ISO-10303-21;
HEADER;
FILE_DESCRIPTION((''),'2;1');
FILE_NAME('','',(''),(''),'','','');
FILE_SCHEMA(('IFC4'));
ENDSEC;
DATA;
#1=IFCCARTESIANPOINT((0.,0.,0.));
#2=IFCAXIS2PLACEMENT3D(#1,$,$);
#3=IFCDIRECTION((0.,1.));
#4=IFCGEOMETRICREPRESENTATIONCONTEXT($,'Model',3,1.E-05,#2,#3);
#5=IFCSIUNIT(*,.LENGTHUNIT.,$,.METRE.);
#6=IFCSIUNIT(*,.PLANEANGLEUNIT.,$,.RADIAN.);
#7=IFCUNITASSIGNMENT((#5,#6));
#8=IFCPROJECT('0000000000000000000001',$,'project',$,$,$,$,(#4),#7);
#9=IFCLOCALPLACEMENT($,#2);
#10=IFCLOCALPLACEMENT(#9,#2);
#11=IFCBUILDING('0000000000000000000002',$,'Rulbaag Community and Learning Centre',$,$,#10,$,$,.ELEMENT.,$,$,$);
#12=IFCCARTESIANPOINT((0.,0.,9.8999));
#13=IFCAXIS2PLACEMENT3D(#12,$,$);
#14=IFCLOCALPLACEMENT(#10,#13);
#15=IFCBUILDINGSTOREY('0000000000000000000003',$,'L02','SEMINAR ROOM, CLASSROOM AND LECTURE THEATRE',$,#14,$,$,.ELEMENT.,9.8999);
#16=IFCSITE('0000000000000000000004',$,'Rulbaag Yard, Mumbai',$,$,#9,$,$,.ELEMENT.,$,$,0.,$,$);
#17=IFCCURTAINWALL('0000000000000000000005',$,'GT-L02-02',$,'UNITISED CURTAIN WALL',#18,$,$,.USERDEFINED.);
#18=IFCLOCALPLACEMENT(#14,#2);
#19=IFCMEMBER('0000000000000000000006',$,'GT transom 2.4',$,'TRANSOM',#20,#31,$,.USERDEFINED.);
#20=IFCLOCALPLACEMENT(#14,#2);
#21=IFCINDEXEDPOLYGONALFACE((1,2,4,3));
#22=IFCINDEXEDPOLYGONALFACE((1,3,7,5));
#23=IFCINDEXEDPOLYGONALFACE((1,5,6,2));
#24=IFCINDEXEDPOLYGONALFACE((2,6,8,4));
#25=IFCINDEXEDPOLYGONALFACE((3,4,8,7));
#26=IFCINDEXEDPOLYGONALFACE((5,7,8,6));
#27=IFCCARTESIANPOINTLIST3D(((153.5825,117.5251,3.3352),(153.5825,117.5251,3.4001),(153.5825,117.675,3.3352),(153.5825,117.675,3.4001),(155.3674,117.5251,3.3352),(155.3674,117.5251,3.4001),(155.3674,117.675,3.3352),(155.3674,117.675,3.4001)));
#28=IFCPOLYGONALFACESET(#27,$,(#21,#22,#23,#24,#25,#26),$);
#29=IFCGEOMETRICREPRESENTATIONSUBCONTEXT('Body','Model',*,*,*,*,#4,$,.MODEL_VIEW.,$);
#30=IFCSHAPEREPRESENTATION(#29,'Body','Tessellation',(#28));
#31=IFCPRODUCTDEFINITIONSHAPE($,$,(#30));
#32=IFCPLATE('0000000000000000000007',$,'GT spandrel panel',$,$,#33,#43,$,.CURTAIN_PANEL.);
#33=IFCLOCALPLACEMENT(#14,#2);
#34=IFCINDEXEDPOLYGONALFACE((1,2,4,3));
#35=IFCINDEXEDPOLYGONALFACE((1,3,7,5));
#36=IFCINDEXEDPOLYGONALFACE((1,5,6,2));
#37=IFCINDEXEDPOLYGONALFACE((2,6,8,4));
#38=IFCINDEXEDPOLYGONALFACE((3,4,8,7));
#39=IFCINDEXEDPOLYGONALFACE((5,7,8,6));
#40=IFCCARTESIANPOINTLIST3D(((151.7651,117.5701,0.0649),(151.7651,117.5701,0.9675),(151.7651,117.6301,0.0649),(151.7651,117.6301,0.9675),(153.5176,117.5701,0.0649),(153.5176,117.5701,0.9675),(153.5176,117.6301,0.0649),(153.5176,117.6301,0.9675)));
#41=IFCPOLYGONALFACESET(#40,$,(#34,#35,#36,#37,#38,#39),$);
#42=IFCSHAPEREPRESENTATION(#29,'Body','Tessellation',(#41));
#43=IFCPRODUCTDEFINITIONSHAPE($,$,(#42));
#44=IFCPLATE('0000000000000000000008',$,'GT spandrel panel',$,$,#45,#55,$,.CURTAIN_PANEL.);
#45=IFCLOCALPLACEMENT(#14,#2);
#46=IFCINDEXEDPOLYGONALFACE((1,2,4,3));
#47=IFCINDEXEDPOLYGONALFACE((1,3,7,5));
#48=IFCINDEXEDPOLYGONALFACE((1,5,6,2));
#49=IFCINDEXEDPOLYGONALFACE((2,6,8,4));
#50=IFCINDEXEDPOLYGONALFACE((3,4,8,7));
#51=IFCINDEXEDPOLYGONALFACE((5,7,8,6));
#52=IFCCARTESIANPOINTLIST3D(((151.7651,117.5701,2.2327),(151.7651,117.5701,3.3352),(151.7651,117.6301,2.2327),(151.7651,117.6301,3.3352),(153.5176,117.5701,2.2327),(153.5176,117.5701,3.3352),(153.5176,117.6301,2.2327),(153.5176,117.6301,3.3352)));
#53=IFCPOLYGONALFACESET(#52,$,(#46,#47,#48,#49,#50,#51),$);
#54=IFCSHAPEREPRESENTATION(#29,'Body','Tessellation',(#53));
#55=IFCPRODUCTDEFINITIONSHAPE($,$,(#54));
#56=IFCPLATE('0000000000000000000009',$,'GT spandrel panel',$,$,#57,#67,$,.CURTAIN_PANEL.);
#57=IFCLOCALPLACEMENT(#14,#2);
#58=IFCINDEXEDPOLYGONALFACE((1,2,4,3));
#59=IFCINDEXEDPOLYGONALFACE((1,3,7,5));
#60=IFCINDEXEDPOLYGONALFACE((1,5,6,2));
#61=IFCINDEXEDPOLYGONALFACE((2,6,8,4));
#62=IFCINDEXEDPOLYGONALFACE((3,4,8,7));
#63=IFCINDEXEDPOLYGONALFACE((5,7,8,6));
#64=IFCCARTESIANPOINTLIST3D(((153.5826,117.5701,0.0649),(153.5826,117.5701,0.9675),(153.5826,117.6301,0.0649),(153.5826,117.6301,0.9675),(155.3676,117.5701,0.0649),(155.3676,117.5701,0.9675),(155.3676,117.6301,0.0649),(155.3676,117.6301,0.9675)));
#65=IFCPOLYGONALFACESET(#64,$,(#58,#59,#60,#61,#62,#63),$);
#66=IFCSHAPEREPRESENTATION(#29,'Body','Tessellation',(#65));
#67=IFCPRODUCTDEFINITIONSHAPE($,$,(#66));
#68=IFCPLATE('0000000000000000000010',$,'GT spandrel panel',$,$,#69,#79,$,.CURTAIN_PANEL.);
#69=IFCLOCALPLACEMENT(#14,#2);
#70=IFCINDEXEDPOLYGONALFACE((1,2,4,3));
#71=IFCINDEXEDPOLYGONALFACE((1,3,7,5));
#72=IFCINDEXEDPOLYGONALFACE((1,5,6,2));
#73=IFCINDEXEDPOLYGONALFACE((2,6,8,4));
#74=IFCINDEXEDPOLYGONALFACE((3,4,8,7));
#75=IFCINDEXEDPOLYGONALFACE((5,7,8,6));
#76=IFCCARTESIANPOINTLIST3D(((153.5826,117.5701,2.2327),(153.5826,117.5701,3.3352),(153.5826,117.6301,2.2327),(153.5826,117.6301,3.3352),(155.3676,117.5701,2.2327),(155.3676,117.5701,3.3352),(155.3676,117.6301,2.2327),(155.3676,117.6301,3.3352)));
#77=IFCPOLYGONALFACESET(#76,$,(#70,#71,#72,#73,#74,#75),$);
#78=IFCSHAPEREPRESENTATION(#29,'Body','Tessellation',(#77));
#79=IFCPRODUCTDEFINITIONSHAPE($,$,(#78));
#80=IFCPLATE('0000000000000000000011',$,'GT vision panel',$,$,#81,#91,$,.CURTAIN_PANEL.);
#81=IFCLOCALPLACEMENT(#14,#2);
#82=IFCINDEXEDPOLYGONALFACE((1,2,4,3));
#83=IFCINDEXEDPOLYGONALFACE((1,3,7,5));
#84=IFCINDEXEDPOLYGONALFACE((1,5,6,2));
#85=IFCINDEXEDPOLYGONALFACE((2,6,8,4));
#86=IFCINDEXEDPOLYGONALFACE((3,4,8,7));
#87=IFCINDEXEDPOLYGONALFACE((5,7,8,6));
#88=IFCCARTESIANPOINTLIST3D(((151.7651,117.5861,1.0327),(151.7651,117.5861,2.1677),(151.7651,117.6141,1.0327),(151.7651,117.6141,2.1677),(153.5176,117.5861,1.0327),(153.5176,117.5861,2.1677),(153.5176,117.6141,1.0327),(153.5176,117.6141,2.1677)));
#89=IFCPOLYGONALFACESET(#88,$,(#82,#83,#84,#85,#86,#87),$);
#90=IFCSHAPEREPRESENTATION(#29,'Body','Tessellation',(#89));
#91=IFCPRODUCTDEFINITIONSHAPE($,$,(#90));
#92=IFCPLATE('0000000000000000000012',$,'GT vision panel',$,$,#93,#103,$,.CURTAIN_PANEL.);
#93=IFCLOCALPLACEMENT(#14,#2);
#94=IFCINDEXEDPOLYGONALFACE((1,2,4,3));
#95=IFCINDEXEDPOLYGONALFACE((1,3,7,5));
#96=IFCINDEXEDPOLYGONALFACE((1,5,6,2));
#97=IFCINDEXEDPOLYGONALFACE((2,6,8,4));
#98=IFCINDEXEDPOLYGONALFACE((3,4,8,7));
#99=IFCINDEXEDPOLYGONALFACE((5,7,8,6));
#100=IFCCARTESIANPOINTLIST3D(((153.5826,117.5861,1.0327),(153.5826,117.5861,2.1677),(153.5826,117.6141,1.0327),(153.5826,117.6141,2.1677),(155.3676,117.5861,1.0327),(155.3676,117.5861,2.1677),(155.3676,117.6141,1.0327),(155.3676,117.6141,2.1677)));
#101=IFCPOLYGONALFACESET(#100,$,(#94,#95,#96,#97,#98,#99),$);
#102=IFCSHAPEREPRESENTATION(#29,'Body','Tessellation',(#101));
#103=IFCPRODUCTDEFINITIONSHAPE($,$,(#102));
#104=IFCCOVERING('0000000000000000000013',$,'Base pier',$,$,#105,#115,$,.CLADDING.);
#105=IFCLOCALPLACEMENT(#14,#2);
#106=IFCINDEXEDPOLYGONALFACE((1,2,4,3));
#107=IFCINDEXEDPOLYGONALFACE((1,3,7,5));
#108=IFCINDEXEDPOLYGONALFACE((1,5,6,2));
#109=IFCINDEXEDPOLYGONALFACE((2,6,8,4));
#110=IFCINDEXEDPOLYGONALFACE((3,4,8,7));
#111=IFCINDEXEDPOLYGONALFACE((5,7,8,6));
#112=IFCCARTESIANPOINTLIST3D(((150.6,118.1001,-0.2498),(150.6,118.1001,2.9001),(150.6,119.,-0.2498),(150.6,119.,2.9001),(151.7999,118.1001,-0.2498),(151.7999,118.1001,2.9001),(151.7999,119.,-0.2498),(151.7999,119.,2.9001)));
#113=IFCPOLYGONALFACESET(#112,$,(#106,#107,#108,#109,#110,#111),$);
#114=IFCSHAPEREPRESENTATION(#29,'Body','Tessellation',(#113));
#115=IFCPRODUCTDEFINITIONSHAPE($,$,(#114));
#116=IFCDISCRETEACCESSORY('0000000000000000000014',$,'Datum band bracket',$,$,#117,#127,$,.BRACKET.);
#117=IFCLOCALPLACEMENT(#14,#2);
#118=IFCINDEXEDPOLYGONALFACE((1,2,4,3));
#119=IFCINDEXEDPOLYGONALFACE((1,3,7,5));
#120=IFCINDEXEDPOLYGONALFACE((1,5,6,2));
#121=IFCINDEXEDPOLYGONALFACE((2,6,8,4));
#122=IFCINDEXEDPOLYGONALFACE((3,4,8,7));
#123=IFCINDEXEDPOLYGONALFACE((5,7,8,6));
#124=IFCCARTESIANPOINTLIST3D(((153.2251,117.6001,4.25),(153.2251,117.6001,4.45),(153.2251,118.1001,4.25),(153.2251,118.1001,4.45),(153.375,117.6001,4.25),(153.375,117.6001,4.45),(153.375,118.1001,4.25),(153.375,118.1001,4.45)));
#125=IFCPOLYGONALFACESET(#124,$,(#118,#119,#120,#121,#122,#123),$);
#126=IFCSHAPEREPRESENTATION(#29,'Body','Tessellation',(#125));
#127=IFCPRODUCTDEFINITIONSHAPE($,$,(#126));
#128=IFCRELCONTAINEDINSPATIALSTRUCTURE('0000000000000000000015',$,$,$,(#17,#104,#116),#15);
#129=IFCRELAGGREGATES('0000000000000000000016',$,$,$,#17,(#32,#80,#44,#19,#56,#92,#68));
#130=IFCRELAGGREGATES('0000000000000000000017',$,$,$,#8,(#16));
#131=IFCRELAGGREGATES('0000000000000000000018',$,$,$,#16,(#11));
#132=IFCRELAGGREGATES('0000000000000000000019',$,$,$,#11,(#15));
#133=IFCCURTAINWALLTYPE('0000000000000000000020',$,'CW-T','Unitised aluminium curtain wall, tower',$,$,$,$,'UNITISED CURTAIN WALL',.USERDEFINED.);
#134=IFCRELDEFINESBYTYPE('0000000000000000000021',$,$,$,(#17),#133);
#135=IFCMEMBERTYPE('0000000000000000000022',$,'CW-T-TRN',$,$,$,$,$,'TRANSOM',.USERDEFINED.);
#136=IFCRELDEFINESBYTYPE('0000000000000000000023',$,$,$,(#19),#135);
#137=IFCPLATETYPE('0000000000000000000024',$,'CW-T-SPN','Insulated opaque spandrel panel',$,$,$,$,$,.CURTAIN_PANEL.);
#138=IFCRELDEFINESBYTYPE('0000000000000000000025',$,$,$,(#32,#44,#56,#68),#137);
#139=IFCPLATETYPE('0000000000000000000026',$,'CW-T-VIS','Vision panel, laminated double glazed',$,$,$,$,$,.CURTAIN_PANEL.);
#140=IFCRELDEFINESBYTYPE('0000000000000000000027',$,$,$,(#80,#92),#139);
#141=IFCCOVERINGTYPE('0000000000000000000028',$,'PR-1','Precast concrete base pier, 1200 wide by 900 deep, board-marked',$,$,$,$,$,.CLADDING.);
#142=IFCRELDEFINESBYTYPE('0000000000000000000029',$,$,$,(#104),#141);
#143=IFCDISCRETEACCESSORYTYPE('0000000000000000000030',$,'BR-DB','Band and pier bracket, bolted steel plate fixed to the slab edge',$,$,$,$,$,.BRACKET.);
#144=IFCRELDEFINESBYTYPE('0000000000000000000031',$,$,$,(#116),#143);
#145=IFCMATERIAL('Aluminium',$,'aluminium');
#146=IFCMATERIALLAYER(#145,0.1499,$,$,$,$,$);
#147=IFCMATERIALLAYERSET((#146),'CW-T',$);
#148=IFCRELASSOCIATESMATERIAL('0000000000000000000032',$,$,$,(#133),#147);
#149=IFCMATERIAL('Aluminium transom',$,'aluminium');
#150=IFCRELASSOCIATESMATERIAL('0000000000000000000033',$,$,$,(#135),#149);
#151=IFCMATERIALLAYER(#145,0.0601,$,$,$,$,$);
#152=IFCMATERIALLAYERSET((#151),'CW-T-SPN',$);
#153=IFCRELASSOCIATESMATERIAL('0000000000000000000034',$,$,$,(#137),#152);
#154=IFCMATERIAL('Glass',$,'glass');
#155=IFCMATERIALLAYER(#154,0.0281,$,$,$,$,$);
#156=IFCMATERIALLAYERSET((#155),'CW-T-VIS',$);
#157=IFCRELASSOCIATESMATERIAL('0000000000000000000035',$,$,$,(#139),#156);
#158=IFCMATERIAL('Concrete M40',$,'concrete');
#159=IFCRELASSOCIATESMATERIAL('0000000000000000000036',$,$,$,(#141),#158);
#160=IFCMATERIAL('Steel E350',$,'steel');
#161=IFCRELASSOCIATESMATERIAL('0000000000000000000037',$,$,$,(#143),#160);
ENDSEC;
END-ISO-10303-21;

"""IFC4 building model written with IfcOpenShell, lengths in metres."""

from ifc_helpers import new_model, si_unit, direction, frame, origin, origin_2d, place, context, subcontext, project, spatial, rectangle, extrude, material, layer, layer_set, material_profile, profile_set, type_object, element, aggregate, save


model = new_model("IFC4")

# Units and contexts
model_context = context("Model", 3, precision=1e-05, world=origin(), true_north=direction((0.0, 1.0)))
body_context = subcontext(model_context, "Body", "Model", "MODEL_VIEW")
ifc_project = project(units=[si_unit("LENGTHUNIT", "METRE"), si_unit("PLANEANGLEUNIT", "RADIAN")], contexts=[model_context])

# Site, building, storey
site_placement = place(None, origin())
site = spatial("IfcSite", under=ifc_project, at=site_placement, Name="Rulbaag Yard, Mumbai", CompositionType="ELEMENT", RefElevation=0.0)
building_placement = place(site_placement, origin())
building = spatial("IfcBuilding", under=site, at=building_placement, Name="Rulbaag Community and Learning Centre", CompositionType="ELEMENT")
storey_placement = place(building_placement, frame((0.0, 0.0, 9.8999)))
storey = spatial("IfcBuildingStorey", under=building, at=storey_placement, Name="L02", Description="SEMINAR ROOM, CLASSROOM AND LECTURE THEATRE", CompositionType="ELEMENT", Elevation=9.8999)

# Shared definitions
ifc_material_1 = material(Name="Concrete M40", Category="concrete")

# Curtain wall, member, plates
ifc_material_2 = material(Name="Aluminium", Category="aluminium")
ifc_layer_1 = layer(ifc_material_2, 0.1499)
ifc_layer_set_1 = layer_set([ifc_layer_1], Name="CW-T")
curtain_wall_type = type_object("IfcCurtainWallType", Name="CW-T", Description="Unitised aluminium curtain wall, tower", ElementType="UNITISED CURTAIN WALL", PredefinedType="USERDEFINED", material=ifc_layer_set_1)
curtain_wall_placement = place(storey_placement, origin())
curtain_wall = element("IfcCurtainWall", 1, at=curtain_wall_placement, inside=storey, type_object=curtain_wall_type, Name="GT-L02-02", ObjectType="UNITISED CURTAIN WALL", PredefinedType="USERDEFINED")
ifc_material_3 = material(Name="Aluminium transom", Category="aluminium")
ifc_material_profile_1 = material_profile(ifc_material_3, rectangle(XDim=0.1499, YDim=0.0649, at=origin_2d()), Name="AL 65x150 T")
ifc_profile_set_1 = profile_set([ifc_material_profile_1], Name="Aluminium transom")
member_type_1 = type_object("IfcMemberType", Name="CW-T-TRN", ElementType="TRANSOM", PredefinedType="USERDEFINED", material=ifc_profile_set_1)
member_1_placement = place(storey_placement, frame((153.5825, 117.6001, 3.3677), z_axis=(1.0, 0.0, 0.0), x_axis=(0.0, 1.0, 0.0)))
member_1 = element("IfcMember", 2, at=member_1_placement, type_object=member_type_1, Name="GT transom 2.4", ObjectType="TRANSOM", PredefinedType="USERDEFINED", context=body_context, shape_type="SweptSolid", body=[
    extrude(rectangle(XDim=0.1499, YDim=0.0649, at=origin_2d()), origin(), (0.0, 0.0, 1.0), 1.7849),
])
ifc_layer_2 = layer(ifc_material_2, 0.0601)
ifc_layer_set_2 = layer_set([ifc_layer_2], Name="CW-T-SPN")
plate_type_1 = type_object("IfcPlateType", Name="CW-T-SPN", Description="Insulated opaque spandrel panel", PredefinedType="CURTAIN_PANEL", material=ifc_layer_set_2)
plate_1_placement = place(storey_placement, frame((152.6414, 117.6001, 0.0649), z_axis=(0.0, 0.0, 1.0), x_axis=(1.0, 0.0, 0.0)))
plate_1 = element("IfcPlate", 3, at=plate_1_placement, type_object=plate_type_1, Name="GT spandrel panel", PredefinedType="CURTAIN_PANEL", context=body_context, shape_type="SweptSolid", body=[
    extrude(rectangle(XDim=1.7524, YDim=0.0601, at=origin_2d()), origin(), (0.0, 0.0, 1.0), 0.9026),
])
plate_2_placement = place(storey_placement, frame((152.6414, 117.6001, 2.2327), z_axis=(0.0, 0.0, 1.0), x_axis=(1.0, 0.0, 0.0)))
plate_2 = element("IfcPlate", 4, at=plate_2_placement, type_object=plate_type_1, Name="GT spandrel panel", PredefinedType="CURTAIN_PANEL", context=body_context, shape_type="SweptSolid", body=[
    extrude(rectangle(XDim=1.7524, YDim=0.0601, at=origin_2d()), origin(), (0.0, 0.0, 1.0), 1.1025),
])
plate_3_placement = place(storey_placement, frame((154.4751, 117.6001, 0.0649), z_axis=(0.0, 0.0, 1.0), x_axis=(1.0, 0.0, 0.0)))
plate_3 = element("IfcPlate", 5, at=plate_3_placement, type_object=plate_type_1, Name="GT spandrel panel", PredefinedType="CURTAIN_PANEL", context=body_context, shape_type="SweptSolid", body=[
    extrude(rectangle(XDim=1.7849, YDim=0.0601, at=origin_2d()), origin(), (0.0, 0.0, 1.0), 0.9026),
])
plate_4_placement = place(storey_placement, frame((154.4751, 117.6001, 2.2327), z_axis=(0.0, 0.0, 1.0), x_axis=(1.0, 0.0, 0.0)))
plate_4 = element("IfcPlate", 6, at=plate_4_placement, type_object=plate_type_1, Name="GT spandrel panel", PredefinedType="CURTAIN_PANEL", context=body_context, shape_type="SweptSolid", body=[
    extrude(rectangle(XDim=1.7849, YDim=0.0601, at=origin_2d()), origin(), (0.0, 0.0, 1.0), 1.1025),
])
ifc_material_4 = material(Name="Glass", Category="glass")
ifc_layer_3 = layer(ifc_material_4, 0.0281)
ifc_layer_set_3 = layer_set([ifc_layer_3], Name="CW-T-VIS")
plate_type_2 = type_object("IfcPlateType", Name="CW-T-VIS", Description="Vision panel, laminated double glazed", PredefinedType="CURTAIN_PANEL", material=ifc_layer_set_3)
plate_5_placement = place(storey_placement, frame((152.6414, 117.6001, 1.0327), z_axis=(0.0, 0.0, 1.0), x_axis=(1.0, 0.0, 0.0)))
plate_5 = element("IfcPlate", 7, at=plate_5_placement, type_object=plate_type_2, Name="GT vision panel", PredefinedType="CURTAIN_PANEL", context=body_context, shape_type="SweptSolid", body=[
    extrude(rectangle(XDim=1.7524, YDim=0.0281, at=origin_2d()), origin(), (0.0, 0.0, 1.0), 1.135),
])
plate_6_placement = place(storey_placement, frame((154.4751, 117.6001, 1.0327), z_axis=(0.0, 0.0, 1.0), x_axis=(1.0, 0.0, 0.0)))
plate_6 = element("IfcPlate", 8, at=plate_6_placement, type_object=plate_type_2, Name="GT vision panel", PredefinedType="CURTAIN_PANEL", context=body_context, shape_type="SweptSolid", body=[
    extrude(rectangle(XDim=1.7849, YDim=0.0281, at=origin_2d()), origin(), (0.0, 0.0, 1.0), 1.135),
])
aggregate(curtain_wall, [plate_1, plate_5, plate_2, member_1, plate_3, plate_6, plate_4])

# Covering
covering_type = type_object("IfcCoveringType", Name="PR-1", Description="Precast concrete base pier, 1200 wide by 900 deep, board-marked", PredefinedType="CLADDING", material=ifc_material_1)
covering_placement = place(storey_placement, frame((151.2, 118.55, -0.2498), z_axis=(0.0, 0.0, 1.0), x_axis=(1.0, 0.0, 0.0)))
element("IfcCovering", 9, at=covering_placement, inside=storey, type_object=covering_type, Name="Base pier", PredefinedType="CLADDING", context=body_context, shape_type="SweptSolid", body=[
    extrude(rectangle(XDim=1.2, YDim=0.8999, at=origin_2d()), origin(), (0.0, 0.0, 1.0), 3.1499),
])

# Discrete accessory
ifc_material_5 = material(Name="Steel E350", Category="steel")
discrete_accessory_type = type_object("IfcDiscreteAccessoryType", Name="BR-DB", Description="Band and pier bracket, bolted steel plate fixed to the slab edge", PredefinedType="BRACKET", material=ifc_material_5)
discrete_accessory_placement = place(storey_placement, frame((153.3, 117.8501, 4.25), z_axis=(0.0, 0.0, 1.0), x_axis=(1.0, 0.0, 0.0)))
element("IfcDiscreteAccessory", 10, at=discrete_accessory_placement, inside=storey, type_object=discrete_accessory_type, Name="Datum band bracket", PredefinedType="BRACKET", context=body_context, shape_type="SweptSolid", body=[
    extrude(rectangle(XDim=0.1499, YDim=0.5, at=origin_2d()), origin(), (0.0, 0.0, 1.0), 0.2),
])

save(model, "model.ifc")
